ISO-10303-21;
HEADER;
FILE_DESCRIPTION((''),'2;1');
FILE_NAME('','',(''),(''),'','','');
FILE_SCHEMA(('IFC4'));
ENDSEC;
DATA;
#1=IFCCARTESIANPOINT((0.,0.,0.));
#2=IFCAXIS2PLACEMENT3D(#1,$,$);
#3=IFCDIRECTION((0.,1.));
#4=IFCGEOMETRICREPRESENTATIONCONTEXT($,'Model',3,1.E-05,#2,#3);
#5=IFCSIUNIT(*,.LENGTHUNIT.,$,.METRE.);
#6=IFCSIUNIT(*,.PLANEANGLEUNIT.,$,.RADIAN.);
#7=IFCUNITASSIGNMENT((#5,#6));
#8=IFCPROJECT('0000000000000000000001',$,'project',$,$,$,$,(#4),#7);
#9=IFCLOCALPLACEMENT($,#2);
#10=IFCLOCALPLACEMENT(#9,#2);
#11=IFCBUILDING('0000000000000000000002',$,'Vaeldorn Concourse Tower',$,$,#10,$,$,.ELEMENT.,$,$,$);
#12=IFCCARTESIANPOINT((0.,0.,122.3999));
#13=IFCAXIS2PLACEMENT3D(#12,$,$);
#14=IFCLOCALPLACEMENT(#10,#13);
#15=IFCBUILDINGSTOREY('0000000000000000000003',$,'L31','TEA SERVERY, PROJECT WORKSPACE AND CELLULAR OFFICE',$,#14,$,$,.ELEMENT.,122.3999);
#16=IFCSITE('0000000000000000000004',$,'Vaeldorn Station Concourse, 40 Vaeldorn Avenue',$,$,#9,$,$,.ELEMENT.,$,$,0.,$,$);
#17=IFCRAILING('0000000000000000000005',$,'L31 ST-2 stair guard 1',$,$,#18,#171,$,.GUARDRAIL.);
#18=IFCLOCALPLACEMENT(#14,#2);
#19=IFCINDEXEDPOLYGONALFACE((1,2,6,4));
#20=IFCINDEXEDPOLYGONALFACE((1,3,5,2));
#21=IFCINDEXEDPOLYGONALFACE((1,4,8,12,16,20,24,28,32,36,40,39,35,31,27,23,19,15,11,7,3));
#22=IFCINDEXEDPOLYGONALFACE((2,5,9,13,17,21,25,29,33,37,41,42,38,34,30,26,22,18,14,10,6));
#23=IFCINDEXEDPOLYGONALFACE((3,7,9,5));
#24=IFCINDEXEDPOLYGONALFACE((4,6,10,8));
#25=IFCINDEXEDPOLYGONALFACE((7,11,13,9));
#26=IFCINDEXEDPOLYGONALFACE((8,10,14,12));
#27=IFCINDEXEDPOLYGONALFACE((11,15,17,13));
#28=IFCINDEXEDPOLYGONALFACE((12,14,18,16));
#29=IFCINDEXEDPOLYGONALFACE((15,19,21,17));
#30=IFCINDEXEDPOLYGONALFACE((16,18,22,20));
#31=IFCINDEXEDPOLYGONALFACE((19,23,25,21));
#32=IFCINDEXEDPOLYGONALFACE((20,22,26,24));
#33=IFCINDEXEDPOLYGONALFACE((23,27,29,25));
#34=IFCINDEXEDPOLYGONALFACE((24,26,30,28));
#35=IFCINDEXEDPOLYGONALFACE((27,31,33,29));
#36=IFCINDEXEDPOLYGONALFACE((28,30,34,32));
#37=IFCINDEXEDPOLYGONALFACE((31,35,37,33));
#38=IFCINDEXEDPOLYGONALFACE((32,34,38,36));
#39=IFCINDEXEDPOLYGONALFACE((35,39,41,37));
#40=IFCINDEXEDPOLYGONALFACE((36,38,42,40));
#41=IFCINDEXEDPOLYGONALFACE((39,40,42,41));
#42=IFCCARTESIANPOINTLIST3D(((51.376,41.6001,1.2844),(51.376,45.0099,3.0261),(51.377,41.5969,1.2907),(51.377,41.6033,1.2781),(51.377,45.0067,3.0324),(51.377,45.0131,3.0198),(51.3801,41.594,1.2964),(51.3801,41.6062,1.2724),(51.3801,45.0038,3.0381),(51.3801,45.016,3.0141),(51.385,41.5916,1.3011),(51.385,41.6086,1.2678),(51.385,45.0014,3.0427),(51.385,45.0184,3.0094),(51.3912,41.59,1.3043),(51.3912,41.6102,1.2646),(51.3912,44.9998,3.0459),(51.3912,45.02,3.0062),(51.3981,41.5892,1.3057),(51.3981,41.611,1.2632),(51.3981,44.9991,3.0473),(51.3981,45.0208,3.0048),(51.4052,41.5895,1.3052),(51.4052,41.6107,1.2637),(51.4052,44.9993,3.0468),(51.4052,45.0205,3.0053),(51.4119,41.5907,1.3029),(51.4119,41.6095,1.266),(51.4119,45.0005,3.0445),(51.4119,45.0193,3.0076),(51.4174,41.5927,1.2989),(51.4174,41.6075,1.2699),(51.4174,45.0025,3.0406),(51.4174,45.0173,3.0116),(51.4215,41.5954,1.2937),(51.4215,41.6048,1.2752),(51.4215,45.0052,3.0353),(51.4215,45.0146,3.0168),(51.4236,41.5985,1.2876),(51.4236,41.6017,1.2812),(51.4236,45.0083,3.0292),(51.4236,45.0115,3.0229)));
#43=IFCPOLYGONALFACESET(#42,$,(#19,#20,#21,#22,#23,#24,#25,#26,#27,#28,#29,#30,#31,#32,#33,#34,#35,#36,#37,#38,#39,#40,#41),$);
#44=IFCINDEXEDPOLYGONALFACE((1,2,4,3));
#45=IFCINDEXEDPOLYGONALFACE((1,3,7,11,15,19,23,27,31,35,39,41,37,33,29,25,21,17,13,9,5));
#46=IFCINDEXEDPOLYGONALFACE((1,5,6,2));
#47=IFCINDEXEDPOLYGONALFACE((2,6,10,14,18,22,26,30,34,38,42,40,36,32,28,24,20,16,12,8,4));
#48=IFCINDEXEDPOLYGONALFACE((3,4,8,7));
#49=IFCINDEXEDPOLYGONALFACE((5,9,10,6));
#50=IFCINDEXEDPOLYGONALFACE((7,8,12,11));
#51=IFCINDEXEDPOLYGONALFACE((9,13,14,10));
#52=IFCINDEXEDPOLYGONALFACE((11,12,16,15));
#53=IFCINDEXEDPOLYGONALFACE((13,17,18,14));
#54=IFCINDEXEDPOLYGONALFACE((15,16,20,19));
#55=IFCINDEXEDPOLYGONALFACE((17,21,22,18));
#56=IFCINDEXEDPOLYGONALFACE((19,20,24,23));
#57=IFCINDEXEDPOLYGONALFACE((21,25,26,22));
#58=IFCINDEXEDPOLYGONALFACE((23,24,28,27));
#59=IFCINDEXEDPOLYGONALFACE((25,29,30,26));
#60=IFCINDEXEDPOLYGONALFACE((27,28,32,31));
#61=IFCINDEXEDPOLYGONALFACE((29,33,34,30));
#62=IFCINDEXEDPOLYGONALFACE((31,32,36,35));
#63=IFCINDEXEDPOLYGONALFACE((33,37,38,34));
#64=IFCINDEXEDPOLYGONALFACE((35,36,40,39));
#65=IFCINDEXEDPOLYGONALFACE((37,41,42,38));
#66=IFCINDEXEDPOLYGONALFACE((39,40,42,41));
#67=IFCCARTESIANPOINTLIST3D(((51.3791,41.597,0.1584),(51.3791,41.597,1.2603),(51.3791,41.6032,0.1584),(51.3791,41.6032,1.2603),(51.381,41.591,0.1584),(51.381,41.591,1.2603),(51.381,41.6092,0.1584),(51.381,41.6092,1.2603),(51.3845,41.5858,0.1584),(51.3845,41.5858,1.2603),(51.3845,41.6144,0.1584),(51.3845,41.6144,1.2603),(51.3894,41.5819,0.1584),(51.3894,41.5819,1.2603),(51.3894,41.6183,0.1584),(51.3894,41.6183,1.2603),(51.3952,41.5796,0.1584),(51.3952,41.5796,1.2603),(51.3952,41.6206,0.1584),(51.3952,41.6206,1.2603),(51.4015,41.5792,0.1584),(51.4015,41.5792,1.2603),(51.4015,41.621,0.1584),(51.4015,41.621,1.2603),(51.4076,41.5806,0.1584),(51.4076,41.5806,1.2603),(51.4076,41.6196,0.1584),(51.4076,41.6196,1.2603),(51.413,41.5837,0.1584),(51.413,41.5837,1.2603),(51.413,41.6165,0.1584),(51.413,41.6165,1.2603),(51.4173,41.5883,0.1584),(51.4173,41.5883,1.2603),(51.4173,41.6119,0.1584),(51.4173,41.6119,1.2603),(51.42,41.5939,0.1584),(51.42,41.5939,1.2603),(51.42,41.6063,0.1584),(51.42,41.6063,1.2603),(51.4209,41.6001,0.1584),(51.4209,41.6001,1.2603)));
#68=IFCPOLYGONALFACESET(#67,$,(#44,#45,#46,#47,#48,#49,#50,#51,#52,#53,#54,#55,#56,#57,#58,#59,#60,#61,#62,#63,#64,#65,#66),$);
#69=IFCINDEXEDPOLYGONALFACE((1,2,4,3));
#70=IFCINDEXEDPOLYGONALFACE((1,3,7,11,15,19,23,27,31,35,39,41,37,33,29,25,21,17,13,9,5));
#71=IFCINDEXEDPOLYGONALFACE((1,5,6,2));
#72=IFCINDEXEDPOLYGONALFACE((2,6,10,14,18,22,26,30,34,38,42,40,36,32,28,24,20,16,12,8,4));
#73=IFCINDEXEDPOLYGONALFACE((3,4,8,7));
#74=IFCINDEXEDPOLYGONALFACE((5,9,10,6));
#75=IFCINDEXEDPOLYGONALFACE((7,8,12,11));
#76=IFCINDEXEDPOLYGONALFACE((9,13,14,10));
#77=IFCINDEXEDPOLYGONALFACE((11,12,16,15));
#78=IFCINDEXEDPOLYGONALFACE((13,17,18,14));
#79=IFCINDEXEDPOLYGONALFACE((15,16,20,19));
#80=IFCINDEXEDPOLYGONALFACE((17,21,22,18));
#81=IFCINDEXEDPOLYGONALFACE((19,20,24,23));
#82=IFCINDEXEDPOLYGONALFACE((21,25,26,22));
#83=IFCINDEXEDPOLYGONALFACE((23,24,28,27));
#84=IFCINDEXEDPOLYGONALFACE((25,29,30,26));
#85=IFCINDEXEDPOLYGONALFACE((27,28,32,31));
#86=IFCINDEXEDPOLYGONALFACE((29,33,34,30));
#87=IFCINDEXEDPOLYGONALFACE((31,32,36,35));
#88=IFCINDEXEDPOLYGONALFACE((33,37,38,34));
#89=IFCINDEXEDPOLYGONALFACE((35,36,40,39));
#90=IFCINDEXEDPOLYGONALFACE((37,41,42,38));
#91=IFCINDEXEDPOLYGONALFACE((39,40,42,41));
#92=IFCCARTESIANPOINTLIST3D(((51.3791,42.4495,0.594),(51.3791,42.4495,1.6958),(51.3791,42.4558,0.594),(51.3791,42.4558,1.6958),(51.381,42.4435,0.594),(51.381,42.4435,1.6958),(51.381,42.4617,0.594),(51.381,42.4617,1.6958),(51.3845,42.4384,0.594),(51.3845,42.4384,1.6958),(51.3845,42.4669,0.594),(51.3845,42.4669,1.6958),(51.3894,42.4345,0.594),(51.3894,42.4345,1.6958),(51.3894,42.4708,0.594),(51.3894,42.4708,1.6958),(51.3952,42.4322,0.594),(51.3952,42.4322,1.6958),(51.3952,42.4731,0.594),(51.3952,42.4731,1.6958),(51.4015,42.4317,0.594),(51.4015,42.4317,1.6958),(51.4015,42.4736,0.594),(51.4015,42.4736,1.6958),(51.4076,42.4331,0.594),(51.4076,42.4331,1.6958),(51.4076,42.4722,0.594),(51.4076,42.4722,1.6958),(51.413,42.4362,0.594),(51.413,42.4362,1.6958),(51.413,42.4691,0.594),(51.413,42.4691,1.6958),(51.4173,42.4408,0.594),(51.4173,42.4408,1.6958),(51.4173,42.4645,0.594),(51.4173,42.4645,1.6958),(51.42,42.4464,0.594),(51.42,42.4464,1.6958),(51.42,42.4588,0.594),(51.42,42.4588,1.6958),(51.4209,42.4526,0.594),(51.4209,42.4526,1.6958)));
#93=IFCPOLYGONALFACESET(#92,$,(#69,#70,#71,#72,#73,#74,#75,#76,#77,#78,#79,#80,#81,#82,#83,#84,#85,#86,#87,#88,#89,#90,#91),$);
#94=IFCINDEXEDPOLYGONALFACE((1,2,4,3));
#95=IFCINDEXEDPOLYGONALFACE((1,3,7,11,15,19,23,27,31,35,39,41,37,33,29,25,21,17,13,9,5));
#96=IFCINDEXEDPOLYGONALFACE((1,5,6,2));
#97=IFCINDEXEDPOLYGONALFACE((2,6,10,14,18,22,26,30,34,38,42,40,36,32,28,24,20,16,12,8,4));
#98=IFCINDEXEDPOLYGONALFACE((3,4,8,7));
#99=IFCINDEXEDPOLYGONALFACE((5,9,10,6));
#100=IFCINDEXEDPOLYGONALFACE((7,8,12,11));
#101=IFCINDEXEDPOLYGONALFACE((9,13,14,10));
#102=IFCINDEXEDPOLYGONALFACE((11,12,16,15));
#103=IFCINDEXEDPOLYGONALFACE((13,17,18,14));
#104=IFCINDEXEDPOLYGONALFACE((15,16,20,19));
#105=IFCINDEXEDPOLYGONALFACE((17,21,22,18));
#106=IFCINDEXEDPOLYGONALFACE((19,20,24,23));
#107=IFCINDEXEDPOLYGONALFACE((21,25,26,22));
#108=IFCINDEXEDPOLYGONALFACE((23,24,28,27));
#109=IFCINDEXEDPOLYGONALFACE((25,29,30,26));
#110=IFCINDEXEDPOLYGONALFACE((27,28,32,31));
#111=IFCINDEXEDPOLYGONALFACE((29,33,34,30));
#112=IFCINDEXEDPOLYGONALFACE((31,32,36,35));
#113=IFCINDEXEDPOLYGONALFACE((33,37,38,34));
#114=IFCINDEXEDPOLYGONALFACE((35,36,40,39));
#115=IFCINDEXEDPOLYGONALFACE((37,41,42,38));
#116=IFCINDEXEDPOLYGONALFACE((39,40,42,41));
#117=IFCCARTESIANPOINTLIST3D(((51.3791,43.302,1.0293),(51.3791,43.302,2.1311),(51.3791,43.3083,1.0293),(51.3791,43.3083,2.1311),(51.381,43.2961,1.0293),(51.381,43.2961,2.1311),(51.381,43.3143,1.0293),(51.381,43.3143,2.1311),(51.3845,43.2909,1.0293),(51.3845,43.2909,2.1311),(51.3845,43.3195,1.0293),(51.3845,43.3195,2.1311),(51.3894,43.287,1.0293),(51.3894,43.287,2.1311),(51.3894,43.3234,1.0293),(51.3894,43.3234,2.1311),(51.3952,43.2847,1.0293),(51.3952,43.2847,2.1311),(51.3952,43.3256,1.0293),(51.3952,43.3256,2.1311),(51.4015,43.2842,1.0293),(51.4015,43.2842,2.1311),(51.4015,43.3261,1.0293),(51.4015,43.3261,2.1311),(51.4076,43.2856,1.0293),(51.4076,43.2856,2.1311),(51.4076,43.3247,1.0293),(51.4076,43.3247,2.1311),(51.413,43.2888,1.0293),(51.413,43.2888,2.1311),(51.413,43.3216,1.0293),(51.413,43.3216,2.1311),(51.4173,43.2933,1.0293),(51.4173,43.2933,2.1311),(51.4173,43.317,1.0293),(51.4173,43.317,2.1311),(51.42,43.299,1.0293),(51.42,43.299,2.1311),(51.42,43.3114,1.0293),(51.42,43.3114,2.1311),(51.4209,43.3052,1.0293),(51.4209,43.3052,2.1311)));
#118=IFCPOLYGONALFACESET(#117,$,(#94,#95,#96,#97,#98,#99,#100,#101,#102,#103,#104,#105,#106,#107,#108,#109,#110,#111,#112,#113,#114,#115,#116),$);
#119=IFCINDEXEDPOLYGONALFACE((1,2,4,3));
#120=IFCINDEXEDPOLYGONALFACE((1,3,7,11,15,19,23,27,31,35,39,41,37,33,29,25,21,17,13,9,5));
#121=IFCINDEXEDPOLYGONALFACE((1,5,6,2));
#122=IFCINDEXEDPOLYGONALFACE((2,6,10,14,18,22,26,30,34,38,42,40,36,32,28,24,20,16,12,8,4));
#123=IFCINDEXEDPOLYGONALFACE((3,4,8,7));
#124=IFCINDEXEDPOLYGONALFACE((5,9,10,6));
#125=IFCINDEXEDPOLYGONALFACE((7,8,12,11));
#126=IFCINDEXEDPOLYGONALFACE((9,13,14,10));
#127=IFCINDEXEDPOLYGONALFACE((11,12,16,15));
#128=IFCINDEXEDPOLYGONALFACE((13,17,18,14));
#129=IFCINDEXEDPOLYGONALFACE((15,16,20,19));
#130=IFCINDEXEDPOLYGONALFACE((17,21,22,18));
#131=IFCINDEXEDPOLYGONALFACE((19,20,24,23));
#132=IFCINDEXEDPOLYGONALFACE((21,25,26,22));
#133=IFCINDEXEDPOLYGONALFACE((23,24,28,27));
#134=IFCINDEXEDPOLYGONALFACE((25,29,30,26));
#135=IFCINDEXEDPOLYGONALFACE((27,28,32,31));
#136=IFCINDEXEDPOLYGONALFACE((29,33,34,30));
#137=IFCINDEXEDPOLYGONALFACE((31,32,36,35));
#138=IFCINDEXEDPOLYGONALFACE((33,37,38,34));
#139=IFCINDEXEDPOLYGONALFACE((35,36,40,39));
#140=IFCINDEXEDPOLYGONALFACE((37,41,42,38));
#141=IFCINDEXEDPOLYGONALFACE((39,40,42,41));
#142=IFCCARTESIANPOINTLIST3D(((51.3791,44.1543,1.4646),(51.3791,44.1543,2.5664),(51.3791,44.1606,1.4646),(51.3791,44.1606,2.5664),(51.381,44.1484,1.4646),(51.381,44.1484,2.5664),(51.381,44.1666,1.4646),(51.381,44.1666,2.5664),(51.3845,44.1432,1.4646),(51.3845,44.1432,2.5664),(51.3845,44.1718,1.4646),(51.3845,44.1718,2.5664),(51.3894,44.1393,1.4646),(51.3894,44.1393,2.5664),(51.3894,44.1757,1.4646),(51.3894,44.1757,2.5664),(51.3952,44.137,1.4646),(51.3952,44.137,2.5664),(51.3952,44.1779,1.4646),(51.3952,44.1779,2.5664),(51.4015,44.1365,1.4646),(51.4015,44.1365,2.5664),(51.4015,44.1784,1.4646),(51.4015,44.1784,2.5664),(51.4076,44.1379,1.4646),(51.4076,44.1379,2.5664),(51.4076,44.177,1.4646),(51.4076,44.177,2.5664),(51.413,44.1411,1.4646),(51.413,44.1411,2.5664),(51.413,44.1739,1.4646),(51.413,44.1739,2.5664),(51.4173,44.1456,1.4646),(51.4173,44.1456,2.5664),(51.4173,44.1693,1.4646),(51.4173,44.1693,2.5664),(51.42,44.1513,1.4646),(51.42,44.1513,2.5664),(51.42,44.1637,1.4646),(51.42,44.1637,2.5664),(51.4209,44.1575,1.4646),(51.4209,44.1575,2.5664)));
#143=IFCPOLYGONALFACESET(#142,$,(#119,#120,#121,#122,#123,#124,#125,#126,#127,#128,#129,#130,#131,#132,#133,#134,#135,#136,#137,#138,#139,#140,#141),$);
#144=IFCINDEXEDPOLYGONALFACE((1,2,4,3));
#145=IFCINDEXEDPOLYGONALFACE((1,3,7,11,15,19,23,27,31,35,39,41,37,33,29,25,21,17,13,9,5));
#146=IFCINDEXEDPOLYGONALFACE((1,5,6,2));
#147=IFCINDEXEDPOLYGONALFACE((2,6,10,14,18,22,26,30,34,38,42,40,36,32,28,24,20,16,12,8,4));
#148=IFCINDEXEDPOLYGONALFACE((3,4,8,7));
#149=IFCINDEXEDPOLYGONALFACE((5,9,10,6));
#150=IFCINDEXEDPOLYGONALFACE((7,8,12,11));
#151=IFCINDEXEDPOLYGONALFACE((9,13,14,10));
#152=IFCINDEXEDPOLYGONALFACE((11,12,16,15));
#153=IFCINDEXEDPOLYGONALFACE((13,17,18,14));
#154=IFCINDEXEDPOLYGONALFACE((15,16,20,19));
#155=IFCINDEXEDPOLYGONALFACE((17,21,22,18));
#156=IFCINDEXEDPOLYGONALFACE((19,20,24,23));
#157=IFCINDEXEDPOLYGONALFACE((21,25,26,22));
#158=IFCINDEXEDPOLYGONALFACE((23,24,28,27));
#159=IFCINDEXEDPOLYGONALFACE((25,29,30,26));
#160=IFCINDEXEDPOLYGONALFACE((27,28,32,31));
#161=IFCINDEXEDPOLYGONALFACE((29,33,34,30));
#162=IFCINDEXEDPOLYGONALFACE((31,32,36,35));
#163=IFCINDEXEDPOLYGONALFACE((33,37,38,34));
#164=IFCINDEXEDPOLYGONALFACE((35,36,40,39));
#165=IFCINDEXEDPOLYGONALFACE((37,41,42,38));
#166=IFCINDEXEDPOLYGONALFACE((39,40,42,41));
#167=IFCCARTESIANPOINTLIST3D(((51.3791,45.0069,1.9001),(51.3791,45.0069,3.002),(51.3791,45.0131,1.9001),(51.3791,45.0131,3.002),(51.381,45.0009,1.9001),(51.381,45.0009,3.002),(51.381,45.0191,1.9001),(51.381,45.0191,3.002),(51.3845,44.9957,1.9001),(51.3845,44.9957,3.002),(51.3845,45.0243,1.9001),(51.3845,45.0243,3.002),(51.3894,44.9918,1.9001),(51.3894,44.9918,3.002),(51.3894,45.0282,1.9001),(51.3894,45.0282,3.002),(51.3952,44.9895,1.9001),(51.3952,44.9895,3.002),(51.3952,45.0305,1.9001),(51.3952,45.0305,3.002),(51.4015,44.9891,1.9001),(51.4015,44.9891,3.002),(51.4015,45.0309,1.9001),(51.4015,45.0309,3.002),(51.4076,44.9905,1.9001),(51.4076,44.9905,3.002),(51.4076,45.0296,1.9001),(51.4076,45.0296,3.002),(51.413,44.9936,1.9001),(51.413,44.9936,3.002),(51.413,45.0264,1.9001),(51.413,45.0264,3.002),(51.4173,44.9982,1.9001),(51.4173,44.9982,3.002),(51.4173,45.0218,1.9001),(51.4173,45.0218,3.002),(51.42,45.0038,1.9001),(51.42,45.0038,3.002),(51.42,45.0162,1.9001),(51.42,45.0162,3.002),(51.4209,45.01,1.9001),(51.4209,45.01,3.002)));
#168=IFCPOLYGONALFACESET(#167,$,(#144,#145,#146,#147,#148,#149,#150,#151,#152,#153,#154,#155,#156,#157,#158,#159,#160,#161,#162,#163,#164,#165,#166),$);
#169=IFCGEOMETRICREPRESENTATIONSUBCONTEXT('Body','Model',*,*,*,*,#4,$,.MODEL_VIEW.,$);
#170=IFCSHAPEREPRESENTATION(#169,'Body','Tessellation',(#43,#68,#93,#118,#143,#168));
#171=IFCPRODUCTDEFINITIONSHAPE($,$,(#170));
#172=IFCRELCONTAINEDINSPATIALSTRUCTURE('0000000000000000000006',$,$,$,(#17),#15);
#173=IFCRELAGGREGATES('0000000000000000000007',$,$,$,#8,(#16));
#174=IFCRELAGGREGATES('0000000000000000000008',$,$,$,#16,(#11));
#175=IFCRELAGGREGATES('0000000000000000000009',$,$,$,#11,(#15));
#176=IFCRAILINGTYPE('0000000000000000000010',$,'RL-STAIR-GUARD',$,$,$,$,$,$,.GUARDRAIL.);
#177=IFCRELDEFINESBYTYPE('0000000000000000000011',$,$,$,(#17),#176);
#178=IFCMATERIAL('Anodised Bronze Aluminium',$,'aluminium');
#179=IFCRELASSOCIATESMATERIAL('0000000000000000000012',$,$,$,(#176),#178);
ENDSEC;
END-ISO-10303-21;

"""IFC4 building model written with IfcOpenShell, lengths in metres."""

from ifc_helpers import new_model, si_unit, direction, frame, origin, origin_2d, place, context, subcontext, project, spatial, circle, extrude, material, type_object, element, save


model = new_model("IFC4")

# Units and contexts
model_context = context("Model", 3, precision=1e-05, world=origin(), true_north=direction((0.0, 1.0)))
body_context = subcontext(model_context, "Body", "Model", "MODEL_VIEW")
ifc_project = project(units=[si_unit("LENGTHUNIT", "METRE"), si_unit("PLANEANGLEUNIT", "RADIAN")], contexts=[model_context])

# Site, building, storey
site_placement = place(None, origin())
site = spatial("IfcSite", under=ifc_project, at=site_placement, Name="Vaeldorn Station Concourse, 40 Vaeldorn Avenue", CompositionType="ELEMENT", RefElevation=0.0)
building_placement = place(site_placement, origin())
building = spatial("IfcBuilding", under=site, at=building_placement, Name="Vaeldorn Concourse Tower", CompositionType="ELEMENT")
storey_placement = place(building_placement, frame((0.0, 0.0, 122.3999)))
storey = spatial("IfcBuildingStorey", under=building, at=storey_placement, Name="L31", Description="TEA SERVERY, PROJECT WORKSPACE AND CELLULAR OFFICE", CompositionType="ELEMENT", Elevation=122.3999)

# Shared definitions
ifc_material_1 = material(Name="Anodised Bronze Aluminium", Category="aluminium")

# Railing
railing_type_1 = type_object("IfcRailingType", Name="RL-STAIR-GUARD", PredefinedType="GUARDRAIL", material=ifc_material_1)
railing_1_placement = place(storey_placement, frame((51.3999, 41.6001, 0.1584)))
element("IfcRailing", 1, at=railing_1_placement, inside=storey, type_object=railing_type_1, Name="L31 ST-2 stair guard 1", PredefinedType="GUARDRAIL", context=body_context, shape_type="SweptSolid", body=[
    extrude(circle(Radius=0.0239, at=origin_2d()), frame((0.0, 0.0, 1.126), z_axis=(0.0, 0.890556, 0.454874), x_axis=(-1.0, 0.0, 0.0)), (0.0, 0.0, 1.0), 3.8289),
    extrude(circle(Radius=0.021, at=origin_2d()), origin(), (0.0, 0.0, 1.0), 1.1018),
    extrude(circle(Radius=0.021, at=origin_2d()), frame((0.0, 0.8525, 0.4355)), (0.0, 0.0, 1.0), 1.1018),
    extrude(circle(Radius=0.021, at=origin_2d()), frame((0.0, 1.7051, 0.8708)), (0.0, 0.0, 1.0), 1.1018),
    extrude(circle(Radius=0.021, at=origin_2d()), frame((0.0, 2.5574, 1.3062)), (0.0, 0.0, 1.0), 1.1018),
    extrude(circle(Radius=0.021, at=origin_2d()), frame((0.0, 3.4099, 1.7417)), (0.0, 0.0, 1.0), 1.1018),
])

save(model, "model.ifc")
